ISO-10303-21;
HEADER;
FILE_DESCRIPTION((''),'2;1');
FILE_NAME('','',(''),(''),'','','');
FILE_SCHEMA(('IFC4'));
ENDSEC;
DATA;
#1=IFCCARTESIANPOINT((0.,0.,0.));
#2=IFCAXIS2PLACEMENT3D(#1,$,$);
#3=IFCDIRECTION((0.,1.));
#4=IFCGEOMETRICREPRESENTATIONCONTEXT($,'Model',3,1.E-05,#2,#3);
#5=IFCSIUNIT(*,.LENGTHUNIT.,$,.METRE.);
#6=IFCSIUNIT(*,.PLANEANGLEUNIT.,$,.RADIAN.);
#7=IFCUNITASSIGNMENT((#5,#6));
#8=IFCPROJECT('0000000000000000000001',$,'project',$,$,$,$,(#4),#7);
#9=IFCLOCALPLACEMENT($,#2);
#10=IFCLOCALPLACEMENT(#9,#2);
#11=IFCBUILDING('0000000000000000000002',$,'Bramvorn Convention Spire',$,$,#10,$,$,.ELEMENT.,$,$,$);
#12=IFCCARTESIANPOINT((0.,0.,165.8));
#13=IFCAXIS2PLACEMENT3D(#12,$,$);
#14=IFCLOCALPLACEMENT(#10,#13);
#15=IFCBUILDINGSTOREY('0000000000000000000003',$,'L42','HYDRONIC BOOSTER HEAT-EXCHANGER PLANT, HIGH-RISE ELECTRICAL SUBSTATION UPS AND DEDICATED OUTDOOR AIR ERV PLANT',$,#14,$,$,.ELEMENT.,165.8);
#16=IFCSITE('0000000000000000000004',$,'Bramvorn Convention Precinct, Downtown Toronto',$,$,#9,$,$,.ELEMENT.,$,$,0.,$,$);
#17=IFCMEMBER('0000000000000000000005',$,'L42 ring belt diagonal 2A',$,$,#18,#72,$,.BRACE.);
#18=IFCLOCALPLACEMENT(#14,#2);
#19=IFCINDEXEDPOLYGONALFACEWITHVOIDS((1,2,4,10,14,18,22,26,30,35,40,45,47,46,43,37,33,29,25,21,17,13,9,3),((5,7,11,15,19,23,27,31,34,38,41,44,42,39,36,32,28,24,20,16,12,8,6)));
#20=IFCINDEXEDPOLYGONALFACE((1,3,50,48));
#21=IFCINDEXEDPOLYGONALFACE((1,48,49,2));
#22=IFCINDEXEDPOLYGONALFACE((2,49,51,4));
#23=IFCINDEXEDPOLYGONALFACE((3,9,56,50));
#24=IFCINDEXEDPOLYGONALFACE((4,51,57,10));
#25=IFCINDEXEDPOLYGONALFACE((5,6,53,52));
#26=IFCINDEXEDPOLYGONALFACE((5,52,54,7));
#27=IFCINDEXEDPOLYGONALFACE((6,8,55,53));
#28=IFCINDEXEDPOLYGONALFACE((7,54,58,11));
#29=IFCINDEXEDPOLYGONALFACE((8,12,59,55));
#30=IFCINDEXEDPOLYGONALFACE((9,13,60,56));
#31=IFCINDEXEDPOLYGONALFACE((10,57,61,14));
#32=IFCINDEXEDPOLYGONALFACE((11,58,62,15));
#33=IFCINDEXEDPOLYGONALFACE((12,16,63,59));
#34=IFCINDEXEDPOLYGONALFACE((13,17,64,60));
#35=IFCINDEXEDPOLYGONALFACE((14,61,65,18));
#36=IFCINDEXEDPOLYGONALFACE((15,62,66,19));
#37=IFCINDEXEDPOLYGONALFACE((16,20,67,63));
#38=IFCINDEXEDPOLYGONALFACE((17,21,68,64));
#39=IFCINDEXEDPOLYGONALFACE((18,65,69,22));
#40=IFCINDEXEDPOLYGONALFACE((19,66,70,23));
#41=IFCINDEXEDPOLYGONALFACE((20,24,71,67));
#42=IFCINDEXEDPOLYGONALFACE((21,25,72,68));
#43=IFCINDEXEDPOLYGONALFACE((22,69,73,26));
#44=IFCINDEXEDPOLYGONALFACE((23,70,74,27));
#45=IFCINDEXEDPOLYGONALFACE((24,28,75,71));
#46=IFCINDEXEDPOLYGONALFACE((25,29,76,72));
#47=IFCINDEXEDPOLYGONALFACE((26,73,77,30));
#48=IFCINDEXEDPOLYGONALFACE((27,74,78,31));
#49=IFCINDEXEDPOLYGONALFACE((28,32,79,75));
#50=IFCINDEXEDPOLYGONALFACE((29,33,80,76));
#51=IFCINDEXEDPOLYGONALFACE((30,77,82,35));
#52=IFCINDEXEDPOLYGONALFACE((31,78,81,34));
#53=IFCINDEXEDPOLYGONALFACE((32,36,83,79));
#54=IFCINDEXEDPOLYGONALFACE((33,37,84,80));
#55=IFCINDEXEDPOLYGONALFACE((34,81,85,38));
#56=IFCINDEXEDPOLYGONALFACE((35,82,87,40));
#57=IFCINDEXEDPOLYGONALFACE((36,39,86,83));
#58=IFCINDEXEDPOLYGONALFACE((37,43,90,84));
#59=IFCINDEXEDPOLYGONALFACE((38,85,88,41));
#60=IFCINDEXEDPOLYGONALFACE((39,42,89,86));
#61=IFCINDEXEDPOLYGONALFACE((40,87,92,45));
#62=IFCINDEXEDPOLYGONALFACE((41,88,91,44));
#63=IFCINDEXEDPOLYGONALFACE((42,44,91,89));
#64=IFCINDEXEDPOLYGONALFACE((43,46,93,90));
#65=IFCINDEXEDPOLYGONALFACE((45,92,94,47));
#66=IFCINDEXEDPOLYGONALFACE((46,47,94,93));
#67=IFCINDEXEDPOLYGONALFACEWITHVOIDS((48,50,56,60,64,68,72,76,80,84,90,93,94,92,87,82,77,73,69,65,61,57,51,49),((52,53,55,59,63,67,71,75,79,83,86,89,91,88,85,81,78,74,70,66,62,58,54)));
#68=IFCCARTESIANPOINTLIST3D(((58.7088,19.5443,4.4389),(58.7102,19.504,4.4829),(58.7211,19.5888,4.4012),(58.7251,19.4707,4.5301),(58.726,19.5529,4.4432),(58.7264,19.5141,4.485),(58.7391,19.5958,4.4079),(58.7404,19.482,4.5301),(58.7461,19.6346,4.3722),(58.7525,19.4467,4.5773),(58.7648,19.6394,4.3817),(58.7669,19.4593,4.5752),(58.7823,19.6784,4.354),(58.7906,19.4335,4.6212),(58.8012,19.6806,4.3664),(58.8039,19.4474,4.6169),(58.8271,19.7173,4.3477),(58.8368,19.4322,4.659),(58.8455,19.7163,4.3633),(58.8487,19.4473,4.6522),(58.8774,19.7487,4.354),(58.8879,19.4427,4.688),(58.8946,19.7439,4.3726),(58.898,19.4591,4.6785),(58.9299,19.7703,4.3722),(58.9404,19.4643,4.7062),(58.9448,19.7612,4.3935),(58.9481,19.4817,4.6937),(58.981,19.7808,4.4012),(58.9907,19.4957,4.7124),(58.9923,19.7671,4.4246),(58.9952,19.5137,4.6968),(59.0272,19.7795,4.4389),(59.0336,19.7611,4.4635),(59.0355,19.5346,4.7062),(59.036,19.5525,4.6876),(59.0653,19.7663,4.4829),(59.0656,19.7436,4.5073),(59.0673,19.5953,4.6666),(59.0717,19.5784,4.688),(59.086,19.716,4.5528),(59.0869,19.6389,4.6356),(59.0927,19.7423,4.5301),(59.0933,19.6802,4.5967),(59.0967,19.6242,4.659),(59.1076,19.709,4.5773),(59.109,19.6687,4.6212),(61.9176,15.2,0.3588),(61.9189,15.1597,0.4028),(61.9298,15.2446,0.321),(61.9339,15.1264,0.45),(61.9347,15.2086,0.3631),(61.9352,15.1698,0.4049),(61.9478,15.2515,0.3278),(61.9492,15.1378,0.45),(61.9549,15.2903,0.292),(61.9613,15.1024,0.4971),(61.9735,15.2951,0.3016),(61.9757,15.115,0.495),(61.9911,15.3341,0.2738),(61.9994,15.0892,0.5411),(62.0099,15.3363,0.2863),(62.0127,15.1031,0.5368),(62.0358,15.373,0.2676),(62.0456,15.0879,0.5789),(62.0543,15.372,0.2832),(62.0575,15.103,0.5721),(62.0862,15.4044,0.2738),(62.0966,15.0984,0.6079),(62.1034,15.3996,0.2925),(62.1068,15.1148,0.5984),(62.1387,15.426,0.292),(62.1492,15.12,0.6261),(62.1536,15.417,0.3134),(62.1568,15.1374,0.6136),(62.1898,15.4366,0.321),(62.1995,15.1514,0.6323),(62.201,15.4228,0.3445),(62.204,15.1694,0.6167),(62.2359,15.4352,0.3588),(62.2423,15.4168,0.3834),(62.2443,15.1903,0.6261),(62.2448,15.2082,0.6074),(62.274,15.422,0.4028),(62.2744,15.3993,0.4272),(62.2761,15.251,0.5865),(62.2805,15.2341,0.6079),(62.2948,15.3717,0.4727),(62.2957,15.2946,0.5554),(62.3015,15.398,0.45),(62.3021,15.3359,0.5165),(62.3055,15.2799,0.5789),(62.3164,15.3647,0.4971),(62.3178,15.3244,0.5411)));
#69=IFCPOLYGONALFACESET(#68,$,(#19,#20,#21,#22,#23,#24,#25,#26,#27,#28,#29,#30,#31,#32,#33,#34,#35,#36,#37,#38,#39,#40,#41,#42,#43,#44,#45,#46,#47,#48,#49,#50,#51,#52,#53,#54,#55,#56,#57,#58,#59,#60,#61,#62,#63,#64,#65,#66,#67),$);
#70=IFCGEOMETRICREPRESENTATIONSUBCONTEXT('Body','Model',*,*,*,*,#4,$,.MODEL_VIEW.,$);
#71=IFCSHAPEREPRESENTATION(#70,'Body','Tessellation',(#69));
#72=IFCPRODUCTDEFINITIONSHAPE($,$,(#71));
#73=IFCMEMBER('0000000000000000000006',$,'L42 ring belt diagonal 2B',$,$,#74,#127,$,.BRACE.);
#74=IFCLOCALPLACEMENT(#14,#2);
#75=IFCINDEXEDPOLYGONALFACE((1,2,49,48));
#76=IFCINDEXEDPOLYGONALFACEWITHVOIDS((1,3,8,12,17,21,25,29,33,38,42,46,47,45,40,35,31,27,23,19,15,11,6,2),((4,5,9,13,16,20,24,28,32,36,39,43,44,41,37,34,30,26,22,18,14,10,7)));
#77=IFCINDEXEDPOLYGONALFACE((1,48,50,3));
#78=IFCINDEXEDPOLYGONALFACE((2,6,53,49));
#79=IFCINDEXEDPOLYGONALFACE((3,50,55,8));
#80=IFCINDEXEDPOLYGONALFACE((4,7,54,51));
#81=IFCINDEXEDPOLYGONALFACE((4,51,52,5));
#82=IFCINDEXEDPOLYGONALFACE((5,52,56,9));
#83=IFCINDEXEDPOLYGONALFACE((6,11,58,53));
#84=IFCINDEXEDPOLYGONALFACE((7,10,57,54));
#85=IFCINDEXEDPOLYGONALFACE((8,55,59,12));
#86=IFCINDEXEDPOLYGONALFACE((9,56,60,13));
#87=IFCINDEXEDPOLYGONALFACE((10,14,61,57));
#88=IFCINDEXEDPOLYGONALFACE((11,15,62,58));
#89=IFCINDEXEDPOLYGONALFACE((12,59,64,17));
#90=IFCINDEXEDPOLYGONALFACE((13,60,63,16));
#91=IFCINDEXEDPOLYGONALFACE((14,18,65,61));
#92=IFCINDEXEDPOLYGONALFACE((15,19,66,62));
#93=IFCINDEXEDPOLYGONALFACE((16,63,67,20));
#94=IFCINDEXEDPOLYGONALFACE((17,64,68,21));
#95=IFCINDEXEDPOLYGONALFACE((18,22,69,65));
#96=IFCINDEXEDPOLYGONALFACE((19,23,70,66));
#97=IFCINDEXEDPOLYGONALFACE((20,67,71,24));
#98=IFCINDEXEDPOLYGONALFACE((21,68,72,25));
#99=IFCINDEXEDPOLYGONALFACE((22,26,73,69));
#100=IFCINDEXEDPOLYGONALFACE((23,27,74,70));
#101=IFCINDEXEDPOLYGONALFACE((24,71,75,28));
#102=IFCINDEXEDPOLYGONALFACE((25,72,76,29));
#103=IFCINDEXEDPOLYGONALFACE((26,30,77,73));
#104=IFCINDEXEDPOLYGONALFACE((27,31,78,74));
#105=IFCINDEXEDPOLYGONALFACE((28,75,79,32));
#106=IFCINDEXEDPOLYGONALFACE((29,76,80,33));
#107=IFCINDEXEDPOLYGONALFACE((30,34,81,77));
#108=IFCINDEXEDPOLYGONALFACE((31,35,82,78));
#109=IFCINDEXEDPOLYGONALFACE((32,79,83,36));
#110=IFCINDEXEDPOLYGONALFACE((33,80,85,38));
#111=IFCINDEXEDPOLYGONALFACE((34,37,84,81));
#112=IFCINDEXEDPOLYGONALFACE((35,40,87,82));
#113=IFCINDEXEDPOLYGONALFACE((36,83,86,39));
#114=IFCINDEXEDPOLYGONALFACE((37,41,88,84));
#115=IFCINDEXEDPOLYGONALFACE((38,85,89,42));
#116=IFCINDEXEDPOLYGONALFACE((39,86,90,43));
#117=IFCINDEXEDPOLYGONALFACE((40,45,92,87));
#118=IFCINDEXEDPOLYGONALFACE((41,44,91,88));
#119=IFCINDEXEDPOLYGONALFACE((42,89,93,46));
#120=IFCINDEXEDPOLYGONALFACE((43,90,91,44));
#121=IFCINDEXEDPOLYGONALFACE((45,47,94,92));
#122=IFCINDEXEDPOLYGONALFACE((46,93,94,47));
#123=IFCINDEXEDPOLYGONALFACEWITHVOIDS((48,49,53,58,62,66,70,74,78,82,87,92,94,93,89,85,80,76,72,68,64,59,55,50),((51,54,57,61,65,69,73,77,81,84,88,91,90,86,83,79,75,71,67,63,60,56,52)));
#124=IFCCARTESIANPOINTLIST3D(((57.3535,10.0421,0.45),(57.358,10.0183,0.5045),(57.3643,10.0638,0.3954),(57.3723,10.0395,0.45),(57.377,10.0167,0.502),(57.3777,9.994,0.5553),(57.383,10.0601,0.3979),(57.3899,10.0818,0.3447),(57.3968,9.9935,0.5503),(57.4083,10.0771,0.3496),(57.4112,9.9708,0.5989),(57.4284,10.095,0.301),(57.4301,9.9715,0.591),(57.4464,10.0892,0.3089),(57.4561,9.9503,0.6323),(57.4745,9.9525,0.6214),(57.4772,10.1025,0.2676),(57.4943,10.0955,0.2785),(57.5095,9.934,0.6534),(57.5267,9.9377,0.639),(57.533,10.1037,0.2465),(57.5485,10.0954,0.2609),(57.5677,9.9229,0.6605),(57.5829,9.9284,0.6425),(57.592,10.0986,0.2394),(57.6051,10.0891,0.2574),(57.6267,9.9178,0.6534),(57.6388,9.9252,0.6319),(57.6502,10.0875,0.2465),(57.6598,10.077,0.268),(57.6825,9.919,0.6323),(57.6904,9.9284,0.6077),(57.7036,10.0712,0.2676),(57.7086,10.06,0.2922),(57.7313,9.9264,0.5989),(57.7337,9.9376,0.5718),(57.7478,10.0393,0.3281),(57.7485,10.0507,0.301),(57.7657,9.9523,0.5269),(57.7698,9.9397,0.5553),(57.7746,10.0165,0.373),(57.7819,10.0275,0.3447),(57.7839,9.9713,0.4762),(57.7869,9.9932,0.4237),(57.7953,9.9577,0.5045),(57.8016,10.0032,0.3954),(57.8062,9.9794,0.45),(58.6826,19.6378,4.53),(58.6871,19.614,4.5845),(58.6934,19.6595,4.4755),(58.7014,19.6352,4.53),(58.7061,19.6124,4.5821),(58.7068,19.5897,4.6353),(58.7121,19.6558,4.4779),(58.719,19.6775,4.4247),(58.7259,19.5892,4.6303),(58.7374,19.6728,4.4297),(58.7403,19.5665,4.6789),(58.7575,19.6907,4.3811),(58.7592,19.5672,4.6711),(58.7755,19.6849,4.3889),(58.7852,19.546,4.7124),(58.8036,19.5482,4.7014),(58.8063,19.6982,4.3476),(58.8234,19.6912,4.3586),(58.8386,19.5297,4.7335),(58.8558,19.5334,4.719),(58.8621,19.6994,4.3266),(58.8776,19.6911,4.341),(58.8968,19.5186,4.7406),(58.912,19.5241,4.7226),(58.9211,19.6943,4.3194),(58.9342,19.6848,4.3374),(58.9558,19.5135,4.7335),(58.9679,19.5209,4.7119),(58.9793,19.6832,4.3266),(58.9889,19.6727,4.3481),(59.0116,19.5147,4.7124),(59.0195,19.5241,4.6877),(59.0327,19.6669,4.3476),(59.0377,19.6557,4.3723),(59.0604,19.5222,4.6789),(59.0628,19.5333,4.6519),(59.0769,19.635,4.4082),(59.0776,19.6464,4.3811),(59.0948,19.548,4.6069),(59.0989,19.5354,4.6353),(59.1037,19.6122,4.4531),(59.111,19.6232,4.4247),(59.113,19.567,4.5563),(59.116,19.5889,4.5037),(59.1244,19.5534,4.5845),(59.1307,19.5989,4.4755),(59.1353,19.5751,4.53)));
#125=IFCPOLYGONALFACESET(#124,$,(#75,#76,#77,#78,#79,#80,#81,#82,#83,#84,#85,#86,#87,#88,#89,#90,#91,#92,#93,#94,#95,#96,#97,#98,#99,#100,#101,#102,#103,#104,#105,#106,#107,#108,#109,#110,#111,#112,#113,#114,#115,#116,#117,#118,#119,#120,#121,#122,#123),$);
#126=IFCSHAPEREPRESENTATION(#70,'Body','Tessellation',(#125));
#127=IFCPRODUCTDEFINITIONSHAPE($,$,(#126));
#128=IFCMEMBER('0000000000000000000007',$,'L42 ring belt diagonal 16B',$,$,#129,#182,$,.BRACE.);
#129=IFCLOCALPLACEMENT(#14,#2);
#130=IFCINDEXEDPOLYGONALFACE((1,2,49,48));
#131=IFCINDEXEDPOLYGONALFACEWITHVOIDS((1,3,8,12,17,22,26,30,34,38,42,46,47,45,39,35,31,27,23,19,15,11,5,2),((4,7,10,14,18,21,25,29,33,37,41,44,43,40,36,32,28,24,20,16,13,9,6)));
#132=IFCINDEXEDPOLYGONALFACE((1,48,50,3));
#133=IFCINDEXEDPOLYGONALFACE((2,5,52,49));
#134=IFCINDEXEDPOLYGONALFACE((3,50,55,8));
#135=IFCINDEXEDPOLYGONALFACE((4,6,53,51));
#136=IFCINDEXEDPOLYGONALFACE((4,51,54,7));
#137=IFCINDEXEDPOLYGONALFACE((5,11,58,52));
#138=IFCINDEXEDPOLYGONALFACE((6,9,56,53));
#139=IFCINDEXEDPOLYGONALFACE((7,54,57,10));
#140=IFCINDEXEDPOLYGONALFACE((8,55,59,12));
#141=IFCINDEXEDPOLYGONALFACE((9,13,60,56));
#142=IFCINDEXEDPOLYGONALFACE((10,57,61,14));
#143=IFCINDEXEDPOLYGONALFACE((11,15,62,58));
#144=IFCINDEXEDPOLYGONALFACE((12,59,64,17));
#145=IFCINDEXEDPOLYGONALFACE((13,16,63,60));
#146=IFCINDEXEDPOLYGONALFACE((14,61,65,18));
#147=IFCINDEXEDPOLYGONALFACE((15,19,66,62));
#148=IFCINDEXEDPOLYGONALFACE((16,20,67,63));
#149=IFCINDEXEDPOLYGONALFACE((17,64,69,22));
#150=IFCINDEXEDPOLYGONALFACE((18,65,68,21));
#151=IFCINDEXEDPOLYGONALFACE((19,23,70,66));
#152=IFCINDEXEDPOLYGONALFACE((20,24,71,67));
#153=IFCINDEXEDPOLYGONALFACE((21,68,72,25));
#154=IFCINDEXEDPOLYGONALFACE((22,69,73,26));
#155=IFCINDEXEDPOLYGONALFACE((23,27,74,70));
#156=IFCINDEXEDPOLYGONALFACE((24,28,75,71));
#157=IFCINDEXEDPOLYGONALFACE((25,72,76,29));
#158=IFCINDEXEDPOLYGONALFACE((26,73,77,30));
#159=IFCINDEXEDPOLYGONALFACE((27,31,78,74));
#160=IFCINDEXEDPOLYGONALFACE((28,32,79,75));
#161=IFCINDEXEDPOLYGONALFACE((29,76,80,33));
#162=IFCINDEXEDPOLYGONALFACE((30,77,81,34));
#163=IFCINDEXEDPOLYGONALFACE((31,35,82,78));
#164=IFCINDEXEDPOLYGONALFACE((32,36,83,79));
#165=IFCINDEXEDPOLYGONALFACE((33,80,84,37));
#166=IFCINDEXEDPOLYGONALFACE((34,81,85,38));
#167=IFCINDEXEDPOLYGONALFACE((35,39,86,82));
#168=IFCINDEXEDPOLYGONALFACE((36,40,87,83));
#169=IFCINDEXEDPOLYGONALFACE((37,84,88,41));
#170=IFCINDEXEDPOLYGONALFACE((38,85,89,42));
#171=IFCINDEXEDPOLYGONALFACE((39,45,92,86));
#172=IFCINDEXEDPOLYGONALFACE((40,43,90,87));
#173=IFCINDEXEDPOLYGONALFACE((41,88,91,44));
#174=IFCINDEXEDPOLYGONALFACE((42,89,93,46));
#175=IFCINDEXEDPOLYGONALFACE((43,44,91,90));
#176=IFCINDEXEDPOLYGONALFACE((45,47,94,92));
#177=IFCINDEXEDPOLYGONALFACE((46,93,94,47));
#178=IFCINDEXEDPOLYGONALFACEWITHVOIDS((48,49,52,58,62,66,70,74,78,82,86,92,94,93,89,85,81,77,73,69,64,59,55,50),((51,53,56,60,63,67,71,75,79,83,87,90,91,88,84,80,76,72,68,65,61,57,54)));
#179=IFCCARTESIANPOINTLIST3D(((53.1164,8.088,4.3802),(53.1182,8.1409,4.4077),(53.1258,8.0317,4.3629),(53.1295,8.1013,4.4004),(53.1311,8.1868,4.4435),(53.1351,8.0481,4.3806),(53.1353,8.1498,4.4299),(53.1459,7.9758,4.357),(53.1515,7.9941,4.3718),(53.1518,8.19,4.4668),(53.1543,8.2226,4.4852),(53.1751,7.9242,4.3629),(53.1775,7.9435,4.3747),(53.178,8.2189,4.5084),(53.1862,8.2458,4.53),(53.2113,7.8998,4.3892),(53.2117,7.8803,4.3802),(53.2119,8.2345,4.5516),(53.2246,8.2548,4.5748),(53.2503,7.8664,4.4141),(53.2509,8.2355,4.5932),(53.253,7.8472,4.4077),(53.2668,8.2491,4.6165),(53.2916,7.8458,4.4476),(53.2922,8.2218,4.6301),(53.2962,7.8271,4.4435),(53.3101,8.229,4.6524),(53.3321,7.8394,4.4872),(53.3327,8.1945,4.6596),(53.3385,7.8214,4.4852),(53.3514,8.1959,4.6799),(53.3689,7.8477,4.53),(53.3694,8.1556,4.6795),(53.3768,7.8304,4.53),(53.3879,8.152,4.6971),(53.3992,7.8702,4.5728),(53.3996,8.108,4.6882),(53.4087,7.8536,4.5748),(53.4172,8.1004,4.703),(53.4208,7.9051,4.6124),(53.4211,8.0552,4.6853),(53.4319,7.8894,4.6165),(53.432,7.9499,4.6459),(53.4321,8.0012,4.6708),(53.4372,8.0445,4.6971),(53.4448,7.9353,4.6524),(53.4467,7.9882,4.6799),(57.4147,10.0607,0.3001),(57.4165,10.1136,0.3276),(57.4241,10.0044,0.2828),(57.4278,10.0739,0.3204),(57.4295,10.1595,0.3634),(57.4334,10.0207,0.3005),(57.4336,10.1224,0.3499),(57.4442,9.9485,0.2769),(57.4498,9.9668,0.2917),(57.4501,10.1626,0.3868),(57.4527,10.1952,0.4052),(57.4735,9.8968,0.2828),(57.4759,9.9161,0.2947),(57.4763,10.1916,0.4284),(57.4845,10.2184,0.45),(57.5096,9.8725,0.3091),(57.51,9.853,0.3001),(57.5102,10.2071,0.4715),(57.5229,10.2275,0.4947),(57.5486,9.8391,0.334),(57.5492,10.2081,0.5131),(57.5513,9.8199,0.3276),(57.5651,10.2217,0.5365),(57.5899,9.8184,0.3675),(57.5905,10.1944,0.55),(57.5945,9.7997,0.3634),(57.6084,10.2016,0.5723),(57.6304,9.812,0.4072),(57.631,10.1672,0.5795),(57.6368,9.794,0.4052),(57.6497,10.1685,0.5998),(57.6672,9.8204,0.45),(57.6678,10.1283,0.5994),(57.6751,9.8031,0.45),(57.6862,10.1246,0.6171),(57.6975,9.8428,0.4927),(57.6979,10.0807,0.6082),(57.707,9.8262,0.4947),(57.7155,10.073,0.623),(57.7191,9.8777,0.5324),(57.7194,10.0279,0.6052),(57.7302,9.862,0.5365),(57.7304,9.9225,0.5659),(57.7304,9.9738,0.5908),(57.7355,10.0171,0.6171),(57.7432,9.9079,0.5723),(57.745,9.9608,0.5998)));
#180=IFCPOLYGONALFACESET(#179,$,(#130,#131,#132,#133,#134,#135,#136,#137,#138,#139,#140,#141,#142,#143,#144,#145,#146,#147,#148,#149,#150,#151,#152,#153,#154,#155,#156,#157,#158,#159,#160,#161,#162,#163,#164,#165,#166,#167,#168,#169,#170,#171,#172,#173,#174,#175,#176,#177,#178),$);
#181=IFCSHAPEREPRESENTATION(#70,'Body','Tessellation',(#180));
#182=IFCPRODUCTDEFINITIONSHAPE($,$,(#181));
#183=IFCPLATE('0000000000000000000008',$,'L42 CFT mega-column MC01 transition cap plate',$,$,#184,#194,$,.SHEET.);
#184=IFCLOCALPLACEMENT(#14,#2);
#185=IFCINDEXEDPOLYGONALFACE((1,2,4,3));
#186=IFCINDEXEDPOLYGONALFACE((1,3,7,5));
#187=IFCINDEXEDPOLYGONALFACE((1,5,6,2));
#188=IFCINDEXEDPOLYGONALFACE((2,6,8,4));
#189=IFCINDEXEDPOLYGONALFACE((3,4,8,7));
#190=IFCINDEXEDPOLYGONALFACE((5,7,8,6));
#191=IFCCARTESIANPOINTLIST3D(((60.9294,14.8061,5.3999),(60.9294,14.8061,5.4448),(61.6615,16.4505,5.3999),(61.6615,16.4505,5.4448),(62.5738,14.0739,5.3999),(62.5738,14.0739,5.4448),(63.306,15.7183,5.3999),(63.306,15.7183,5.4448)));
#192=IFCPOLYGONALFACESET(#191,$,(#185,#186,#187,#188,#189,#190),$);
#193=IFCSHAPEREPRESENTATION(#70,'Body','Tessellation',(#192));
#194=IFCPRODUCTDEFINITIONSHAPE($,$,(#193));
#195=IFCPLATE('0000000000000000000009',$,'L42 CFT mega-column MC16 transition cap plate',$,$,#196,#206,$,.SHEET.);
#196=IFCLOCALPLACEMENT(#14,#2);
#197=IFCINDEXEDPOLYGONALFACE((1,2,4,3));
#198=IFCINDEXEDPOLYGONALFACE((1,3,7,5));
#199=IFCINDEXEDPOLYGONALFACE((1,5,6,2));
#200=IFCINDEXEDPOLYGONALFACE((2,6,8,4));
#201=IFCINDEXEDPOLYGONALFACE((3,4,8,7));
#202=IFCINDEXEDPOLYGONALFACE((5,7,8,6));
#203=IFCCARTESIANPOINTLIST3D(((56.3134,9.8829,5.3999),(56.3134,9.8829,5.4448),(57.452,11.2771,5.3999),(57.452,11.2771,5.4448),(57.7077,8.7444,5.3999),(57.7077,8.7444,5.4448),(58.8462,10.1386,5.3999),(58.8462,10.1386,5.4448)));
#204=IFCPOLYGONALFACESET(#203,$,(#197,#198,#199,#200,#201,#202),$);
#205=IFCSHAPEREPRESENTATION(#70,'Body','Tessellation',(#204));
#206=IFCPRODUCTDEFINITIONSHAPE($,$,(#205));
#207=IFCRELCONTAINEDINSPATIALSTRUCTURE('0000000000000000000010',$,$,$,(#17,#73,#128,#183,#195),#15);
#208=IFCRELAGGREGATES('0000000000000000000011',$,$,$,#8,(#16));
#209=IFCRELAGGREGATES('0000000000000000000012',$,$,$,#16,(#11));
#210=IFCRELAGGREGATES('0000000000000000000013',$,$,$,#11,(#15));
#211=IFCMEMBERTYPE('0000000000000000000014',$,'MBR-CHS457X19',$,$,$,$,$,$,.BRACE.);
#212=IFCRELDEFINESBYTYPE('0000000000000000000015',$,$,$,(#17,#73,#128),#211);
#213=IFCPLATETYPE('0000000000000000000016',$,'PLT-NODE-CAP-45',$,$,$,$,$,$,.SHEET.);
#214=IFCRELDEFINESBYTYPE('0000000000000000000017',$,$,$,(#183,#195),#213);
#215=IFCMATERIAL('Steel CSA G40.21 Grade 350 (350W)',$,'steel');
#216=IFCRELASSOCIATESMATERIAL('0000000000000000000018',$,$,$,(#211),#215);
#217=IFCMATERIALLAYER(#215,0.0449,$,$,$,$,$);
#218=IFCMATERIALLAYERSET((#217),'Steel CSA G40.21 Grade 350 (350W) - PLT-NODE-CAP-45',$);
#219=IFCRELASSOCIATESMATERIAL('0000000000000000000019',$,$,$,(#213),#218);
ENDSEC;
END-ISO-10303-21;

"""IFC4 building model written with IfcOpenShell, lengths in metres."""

from ifc_helpers import new_model, si_unit, direction, frame, origin, origin_2d, place, context, subcontext, project, spatial, rectangle, hollow_circle, extrude, material, layer, layer_set, material_profile, profile_set, type_object, element, save


model = new_model("IFC4")

# Units and contexts
model_context = context("Model", 3, precision=1e-05, world=origin(), true_north=direction((0.0, 1.0)))
body_context = subcontext(model_context, "Body", "Model", "MODEL_VIEW")
ifc_project = project(units=[si_unit("LENGTHUNIT", "METRE"), si_unit("PLANEANGLEUNIT", "RADIAN")], contexts=[model_context])

# Site, building, storey
site_placement = place(None, origin())
site = spatial("IfcSite", under=ifc_project, at=site_placement, Name="Bramvorn Convention Precinct, Downtown Toronto", CompositionType="ELEMENT", RefElevation=0.0)
building_placement = place(site_placement, origin())
building = spatial("IfcBuilding", under=site, at=building_placement, Name="Bramvorn Convention Spire", CompositionType="ELEMENT")
storey_placement = place(building_placement, frame((0.0, 0.0, 165.8)))
storey = spatial("IfcBuildingStorey", under=building, at=storey_placement, Name="L42", Description="HYDRONIC BOOSTER HEAT-EXCHANGER PLANT, HIGH-RISE ELECTRICAL SUBSTATION UPS AND DEDICATED OUTDOOR AIR ERV PLANT", CompositionType="ELEMENT", Elevation=165.8)

# Shared definitions
ifc_material_1 = material(Name="Steel CSA G40.21 Grade 350 (350W)", Category="steel")

# Members
ifc_material_profile_1 = material_profile(ifc_material_1, hollow_circle(Radius=0.2285, WallThickness=0.019, at=origin_2d()))
ifc_profile_set_1 = profile_set([ifc_material_profile_1], Name="Steel CSA G40.21 Grade 350 (350W) - CHS457X19")
member_type_1 = type_object("IfcMemberType", Name="MBR-CHS457X19", PredefinedType="BRACE", material=ifc_profile_set_1)
member_1_placement = place(storey_placement, frame((62.1177, 15.2622, 0.45), z_axis=(-0.474055, 0.641812, 0.602785), x_axis=(-0.804372, -0.594125, 0.0)))
element("IfcMember", 1, at=member_1_placement, inside=storey, type_object=member_type_1, Name="L42 ring belt diagonal 2A", PredefinedType="BRACE", context=body_context, shape_type="SweptSolid", body=[
    extrude(hollow_circle(Radius=0.2285, WallThickness=0.019, at=origin_2d()), origin(), (0.0, 0.0, 1.0), 6.7688),
])
member_2_placement = place(storey_placement, frame((57.5798, 10.0107, 0.45), z_axis=(0.126443, 0.912879, 0.388155), x_axis=(-0.990543, 0.1372, 0.0)))
element("IfcMember", 2, at=member_2_placement, inside=storey, type_object=member_type_1, Name="L42 ring belt diagonal 2B", PredefinedType="BRACE", context=body_context, shape_type="SweptSolid", body=[
    extrude(hollow_circle(Radius=0.2285, WallThickness=0.019, at=origin_2d()), origin(), (0.0, 0.0, 1.0), 10.5115),
])
member_3_placement = place(storey_placement, frame((57.5798, 10.0107, 0.45), z_axis=(-0.688161, -0.315821, 0.653217), x_axis=(0.417106, -0.908858, 0.0)))
element("IfcMember", 3, at=member_3_placement, inside=storey, type_object=member_type_1, Name="L42 ring belt diagonal 16B", PredefinedType="BRACE", context=body_context, shape_type="SweptSolid", body=[
    extrude(hollow_circle(Radius=0.2285, WallThickness=0.019, at=origin_2d()), origin(), (0.0, 0.0, 1.0), 6.2461),
])

# Plates
ifc_layer_1 = layer(ifc_material_1, 0.0449)
ifc_layer_set_1 = layer_set([ifc_layer_1], Name="Steel CSA G40.21 Grade 350 (350W) - PLT-NODE-CAP-45")
plate_type_1 = type_object("IfcPlateType", Name="PLT-NODE-CAP-45", PredefinedType="SHEET", material=ifc_layer_set_1)
for number, where, z_axis, x_axis, name in (
    (4, (62.1177, 15.2622, 5.3999), (0.0, 0.0, 1.0), (0.913546, -0.406735, 0.0), "L42 CFT mega-column MC01 transition cap plate"),
    (5, (57.5798, 10.0107, 5.3999), (0.0, 0.0, 1.0), (0.774551, -0.632512, 0.0), "L42 CFT mega-column MC16 transition cap plate"),
):
    element("IfcPlate", number, at=place(storey_placement, frame(where, z_axis=z_axis, x_axis=x_axis)), inside=storey, type_object=plate_type_1, Name=name, PredefinedType="SHEET", context=body_context, shape_type="SweptSolid", body=[
        extrude(rectangle(XDim=1.8, YDim=1.8, at=origin_2d()), origin(), (0.0, 0.0, 1.0), 0.0449),
    ])

save(model, "model.ifc")
